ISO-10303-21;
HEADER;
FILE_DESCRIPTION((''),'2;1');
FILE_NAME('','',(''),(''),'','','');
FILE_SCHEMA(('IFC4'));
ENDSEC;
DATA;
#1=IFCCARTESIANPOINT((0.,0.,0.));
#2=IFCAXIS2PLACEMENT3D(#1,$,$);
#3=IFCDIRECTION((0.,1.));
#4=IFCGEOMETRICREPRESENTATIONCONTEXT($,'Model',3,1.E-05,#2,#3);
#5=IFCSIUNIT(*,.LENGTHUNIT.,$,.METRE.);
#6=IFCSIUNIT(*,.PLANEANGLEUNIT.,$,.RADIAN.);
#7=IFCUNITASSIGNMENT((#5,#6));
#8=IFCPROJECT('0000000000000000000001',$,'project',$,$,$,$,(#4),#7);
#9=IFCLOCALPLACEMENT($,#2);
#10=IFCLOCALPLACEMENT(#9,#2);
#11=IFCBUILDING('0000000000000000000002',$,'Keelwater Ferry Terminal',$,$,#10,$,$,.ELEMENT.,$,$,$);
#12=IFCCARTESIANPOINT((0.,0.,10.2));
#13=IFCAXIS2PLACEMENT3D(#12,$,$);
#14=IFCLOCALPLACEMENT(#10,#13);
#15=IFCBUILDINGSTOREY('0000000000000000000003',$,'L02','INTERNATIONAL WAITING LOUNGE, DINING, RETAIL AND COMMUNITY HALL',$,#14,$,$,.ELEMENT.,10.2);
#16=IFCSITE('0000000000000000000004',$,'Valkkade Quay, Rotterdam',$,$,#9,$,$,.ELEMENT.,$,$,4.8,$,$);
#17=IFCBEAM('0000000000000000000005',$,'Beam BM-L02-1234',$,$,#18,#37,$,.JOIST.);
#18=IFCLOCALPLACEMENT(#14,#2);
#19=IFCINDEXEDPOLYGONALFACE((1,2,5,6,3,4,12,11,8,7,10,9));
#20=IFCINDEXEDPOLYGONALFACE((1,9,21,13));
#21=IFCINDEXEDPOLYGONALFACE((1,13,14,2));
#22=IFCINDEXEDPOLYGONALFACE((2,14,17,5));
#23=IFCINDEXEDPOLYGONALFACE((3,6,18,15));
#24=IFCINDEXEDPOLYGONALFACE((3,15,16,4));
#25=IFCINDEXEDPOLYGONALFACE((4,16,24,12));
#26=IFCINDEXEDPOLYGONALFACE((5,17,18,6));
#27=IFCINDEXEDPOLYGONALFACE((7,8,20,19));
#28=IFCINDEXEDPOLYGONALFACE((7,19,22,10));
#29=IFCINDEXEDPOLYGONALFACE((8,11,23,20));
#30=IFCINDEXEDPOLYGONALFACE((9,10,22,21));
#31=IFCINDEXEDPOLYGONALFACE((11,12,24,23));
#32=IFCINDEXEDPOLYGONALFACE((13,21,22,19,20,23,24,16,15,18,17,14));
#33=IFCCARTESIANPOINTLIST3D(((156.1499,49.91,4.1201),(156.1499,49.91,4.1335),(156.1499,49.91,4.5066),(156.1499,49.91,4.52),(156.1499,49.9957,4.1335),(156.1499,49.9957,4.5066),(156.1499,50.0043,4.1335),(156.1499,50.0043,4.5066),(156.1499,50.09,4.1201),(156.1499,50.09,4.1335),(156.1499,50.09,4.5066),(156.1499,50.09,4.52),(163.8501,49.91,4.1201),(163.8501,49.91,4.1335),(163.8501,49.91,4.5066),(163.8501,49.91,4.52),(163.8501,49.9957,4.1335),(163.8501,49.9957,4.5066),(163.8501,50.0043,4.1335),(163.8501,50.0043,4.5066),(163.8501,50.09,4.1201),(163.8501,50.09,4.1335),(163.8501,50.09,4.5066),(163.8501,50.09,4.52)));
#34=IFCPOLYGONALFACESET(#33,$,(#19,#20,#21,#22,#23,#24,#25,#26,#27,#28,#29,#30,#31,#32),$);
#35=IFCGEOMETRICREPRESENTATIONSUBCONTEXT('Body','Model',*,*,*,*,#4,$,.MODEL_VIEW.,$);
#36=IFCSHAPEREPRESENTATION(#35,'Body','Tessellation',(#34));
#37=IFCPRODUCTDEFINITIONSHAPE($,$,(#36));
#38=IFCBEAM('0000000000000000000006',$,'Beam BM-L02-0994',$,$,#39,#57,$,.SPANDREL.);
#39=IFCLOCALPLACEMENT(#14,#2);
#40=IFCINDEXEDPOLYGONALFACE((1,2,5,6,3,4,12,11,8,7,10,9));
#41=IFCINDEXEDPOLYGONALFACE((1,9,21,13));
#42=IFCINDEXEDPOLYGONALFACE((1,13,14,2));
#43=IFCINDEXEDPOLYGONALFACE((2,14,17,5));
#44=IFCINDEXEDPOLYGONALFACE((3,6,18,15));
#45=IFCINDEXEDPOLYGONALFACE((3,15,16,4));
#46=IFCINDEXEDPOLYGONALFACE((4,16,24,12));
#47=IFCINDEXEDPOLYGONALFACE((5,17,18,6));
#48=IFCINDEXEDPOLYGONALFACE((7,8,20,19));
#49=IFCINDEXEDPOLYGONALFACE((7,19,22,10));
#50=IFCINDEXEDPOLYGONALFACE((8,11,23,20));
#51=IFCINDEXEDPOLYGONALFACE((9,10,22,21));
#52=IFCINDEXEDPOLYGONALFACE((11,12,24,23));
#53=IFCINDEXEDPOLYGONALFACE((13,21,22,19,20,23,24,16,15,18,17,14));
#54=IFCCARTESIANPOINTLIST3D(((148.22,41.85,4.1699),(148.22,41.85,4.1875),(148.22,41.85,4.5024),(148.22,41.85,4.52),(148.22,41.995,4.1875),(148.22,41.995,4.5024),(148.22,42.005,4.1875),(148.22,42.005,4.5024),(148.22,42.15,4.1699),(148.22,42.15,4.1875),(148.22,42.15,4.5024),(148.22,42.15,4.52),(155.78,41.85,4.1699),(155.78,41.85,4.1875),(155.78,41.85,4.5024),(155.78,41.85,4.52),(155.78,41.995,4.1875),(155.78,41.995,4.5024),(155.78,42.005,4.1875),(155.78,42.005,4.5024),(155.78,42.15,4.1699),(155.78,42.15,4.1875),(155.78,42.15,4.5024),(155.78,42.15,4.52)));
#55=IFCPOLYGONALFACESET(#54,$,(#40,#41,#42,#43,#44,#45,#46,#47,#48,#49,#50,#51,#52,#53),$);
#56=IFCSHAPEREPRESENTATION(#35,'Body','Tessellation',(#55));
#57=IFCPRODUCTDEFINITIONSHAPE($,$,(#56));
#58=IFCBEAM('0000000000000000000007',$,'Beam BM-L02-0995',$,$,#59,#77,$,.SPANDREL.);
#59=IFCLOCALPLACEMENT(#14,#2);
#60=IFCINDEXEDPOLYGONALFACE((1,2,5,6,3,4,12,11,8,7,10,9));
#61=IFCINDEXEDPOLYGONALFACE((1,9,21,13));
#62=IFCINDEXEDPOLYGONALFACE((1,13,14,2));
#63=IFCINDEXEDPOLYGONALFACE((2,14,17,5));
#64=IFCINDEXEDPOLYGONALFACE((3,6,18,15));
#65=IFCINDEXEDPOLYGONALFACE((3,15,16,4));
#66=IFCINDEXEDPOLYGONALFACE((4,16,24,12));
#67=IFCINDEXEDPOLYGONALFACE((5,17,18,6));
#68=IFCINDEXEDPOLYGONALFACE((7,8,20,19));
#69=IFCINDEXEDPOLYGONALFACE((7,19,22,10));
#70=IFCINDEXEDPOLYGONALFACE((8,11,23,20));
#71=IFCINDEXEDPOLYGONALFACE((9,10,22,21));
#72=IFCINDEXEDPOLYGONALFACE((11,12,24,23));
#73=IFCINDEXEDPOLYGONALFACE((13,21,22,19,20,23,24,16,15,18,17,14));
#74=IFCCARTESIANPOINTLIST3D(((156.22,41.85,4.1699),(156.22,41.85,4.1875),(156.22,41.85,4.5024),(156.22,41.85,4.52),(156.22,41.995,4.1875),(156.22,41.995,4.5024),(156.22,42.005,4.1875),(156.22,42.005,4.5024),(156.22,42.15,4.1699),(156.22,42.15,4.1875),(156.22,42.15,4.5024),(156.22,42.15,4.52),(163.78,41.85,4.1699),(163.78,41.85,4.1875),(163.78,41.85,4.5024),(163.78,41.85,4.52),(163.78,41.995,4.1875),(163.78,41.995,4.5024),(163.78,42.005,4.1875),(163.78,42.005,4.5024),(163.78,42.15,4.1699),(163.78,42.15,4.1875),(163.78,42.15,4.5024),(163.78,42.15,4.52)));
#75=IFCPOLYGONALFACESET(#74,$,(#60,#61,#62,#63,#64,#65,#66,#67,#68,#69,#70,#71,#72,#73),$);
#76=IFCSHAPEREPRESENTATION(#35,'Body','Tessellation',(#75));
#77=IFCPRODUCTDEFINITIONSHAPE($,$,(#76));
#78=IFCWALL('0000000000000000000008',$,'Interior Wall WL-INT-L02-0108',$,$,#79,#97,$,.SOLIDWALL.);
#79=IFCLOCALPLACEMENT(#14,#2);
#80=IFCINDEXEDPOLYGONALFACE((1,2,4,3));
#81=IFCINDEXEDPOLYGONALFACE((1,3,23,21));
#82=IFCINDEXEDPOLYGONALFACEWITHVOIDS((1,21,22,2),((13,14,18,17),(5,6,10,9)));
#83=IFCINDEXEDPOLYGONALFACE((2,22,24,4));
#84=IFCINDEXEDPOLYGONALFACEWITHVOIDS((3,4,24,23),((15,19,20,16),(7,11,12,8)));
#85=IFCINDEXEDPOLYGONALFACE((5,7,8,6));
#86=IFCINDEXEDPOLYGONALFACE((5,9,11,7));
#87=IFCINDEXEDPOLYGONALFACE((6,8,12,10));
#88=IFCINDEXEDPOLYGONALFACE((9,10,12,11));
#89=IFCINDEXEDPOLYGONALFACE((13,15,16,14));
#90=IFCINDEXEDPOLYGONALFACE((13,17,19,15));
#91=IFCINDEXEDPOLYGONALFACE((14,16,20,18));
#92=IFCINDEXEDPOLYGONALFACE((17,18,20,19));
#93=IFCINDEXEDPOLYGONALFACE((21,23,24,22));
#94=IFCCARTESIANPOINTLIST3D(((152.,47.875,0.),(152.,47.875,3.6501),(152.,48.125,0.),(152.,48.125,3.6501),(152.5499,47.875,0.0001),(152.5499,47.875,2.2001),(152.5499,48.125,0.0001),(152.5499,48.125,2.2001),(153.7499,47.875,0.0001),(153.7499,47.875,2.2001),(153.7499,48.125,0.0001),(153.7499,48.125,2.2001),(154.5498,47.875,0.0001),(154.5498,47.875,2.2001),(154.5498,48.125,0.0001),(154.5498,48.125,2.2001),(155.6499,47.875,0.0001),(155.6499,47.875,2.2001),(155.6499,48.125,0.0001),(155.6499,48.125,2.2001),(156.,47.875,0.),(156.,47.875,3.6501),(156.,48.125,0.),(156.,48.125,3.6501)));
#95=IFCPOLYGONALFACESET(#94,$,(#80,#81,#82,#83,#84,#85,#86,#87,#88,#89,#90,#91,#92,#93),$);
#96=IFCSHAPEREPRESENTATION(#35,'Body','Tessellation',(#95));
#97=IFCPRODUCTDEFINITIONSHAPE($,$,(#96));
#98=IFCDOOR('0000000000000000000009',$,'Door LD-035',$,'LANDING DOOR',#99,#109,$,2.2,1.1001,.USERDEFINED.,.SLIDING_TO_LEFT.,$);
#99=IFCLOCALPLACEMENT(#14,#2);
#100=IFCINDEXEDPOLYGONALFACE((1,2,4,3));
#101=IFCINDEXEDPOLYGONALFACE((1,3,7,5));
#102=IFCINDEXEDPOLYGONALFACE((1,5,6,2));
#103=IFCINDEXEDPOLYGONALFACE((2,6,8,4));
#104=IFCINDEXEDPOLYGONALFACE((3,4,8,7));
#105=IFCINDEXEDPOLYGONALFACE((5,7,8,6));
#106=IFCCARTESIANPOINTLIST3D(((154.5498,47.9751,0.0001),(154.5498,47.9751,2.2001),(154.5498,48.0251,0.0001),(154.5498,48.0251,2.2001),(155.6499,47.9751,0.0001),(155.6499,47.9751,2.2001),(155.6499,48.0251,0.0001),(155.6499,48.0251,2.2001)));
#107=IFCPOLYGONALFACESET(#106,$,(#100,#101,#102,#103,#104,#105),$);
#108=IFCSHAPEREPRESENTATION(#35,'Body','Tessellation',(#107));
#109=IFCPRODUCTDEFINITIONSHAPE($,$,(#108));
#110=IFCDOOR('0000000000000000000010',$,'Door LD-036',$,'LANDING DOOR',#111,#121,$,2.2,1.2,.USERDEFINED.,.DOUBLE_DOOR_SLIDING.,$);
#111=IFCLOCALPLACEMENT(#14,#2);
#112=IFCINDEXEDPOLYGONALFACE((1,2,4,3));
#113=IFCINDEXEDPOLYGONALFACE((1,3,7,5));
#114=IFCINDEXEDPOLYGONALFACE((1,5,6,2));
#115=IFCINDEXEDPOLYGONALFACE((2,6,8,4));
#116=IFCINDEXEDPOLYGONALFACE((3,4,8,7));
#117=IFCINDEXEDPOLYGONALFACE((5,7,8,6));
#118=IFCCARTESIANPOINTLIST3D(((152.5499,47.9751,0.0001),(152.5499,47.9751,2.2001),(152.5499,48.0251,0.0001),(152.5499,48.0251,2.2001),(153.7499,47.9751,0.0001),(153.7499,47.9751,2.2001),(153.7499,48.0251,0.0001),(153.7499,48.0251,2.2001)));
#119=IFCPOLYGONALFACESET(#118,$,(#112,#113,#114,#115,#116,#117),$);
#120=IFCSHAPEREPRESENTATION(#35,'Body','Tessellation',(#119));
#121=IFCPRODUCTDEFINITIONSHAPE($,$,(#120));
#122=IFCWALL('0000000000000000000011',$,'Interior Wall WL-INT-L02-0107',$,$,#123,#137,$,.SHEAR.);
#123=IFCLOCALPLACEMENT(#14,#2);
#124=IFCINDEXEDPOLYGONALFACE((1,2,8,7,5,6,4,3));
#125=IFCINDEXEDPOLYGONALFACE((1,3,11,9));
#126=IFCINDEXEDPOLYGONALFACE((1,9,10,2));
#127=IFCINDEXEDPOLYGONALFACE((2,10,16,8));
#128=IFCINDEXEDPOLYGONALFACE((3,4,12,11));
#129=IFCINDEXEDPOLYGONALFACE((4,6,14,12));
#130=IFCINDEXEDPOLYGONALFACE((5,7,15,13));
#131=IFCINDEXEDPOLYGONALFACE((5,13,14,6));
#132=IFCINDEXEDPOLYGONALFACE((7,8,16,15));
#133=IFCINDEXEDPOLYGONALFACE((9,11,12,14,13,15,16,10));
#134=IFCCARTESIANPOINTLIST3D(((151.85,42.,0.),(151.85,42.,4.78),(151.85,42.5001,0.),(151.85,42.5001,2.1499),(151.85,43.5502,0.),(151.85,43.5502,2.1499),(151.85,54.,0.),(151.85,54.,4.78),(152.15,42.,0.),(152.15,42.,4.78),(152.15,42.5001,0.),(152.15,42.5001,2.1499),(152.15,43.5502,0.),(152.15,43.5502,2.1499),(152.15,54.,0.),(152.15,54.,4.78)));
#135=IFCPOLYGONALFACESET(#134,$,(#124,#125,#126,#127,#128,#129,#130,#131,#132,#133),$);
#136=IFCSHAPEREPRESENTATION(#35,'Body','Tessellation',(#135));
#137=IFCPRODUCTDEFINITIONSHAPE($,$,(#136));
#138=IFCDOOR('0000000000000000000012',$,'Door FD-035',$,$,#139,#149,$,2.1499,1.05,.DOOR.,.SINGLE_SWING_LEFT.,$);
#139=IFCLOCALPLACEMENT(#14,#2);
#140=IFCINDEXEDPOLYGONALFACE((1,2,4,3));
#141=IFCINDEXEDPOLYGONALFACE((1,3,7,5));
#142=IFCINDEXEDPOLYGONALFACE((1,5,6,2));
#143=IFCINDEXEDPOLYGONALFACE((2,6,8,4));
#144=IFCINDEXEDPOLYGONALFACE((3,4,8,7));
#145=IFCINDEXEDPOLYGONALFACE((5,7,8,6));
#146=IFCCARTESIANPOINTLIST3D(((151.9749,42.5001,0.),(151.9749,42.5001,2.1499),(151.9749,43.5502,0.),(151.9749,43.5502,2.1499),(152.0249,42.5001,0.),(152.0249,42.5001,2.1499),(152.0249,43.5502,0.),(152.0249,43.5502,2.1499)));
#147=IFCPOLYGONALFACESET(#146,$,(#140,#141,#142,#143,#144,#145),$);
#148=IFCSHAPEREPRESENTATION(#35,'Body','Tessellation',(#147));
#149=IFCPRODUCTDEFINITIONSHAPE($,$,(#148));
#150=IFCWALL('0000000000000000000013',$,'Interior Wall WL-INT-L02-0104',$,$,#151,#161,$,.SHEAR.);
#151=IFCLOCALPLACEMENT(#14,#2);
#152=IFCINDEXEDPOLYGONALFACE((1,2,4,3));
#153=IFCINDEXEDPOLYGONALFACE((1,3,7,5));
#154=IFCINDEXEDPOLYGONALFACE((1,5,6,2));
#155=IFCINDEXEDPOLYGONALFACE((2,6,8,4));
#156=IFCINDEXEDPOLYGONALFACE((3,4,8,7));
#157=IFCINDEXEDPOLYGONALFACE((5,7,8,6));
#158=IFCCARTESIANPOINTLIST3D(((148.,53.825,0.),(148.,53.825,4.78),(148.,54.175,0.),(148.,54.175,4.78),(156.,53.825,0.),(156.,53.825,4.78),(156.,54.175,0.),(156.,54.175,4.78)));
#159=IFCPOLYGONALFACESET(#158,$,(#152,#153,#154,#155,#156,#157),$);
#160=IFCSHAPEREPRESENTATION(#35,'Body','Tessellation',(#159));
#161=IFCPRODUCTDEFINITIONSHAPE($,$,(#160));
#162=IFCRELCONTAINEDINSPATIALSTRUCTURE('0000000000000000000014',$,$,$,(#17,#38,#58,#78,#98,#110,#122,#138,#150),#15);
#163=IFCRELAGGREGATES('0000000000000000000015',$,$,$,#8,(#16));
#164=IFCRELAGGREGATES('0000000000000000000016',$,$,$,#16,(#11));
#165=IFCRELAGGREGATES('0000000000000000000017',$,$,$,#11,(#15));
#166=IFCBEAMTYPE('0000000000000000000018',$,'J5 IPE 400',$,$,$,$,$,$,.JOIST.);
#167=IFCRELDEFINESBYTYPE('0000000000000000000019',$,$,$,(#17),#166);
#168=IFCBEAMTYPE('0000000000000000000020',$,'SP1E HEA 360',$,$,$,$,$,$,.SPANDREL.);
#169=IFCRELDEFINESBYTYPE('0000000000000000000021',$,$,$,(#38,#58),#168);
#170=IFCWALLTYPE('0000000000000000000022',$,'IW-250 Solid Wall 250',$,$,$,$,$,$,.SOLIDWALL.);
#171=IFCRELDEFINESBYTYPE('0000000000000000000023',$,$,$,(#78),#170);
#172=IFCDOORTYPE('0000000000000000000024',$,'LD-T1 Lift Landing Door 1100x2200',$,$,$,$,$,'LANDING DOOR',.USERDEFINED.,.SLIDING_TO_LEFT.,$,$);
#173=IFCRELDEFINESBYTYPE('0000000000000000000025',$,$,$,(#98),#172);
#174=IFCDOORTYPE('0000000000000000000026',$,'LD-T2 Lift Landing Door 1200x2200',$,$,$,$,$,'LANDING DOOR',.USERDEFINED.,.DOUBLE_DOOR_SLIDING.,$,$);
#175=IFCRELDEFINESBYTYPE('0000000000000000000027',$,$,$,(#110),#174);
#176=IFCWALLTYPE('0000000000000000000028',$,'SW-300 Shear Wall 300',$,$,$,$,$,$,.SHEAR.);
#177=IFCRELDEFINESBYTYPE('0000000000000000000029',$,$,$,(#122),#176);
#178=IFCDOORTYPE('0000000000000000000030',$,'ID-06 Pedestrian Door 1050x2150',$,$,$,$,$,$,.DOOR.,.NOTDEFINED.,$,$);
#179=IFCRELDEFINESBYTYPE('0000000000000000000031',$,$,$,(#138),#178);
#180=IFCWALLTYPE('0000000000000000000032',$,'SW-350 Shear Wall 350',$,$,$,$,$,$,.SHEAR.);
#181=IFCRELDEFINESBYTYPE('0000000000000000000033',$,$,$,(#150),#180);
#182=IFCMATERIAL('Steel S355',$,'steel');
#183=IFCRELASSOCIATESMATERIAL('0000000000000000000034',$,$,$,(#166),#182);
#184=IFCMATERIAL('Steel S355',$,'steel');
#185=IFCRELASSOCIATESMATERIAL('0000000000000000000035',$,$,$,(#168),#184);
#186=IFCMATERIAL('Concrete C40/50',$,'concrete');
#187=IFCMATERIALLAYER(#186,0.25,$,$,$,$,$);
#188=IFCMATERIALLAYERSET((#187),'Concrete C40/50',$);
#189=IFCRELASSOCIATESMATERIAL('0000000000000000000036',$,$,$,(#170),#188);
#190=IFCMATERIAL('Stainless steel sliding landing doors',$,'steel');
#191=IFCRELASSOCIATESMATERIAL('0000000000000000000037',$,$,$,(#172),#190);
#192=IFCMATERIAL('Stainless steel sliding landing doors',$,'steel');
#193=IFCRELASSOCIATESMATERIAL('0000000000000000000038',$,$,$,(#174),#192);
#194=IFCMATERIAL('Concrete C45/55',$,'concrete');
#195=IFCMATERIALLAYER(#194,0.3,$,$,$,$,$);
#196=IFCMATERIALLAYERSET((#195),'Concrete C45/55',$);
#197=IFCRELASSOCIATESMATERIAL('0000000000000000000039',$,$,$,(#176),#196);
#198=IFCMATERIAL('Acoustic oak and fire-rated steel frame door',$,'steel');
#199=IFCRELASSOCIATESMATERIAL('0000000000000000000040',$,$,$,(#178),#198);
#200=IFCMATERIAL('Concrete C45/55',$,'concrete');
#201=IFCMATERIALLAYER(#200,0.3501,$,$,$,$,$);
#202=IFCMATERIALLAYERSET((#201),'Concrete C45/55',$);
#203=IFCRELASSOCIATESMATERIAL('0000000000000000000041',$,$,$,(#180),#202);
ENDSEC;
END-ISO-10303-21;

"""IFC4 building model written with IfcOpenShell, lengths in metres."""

from ifc_helpers import new_model, si_unit, direction, frame, frame_2d, origin, origin_2d, place, context, subcontext, project, spatial, rectangle, i_section, extrude, material, layer, layer_set, material_profile, profile_set, type_object, element, fill, save


model = new_model("IFC4")

# Units and contexts
model_context = context("Model", 3, precision=1e-05, world=origin(), true_north=direction((0.0, 1.0)))
body_context = subcontext(model_context, "Body", "Model", "MODEL_VIEW")
ifc_project = project(units=[si_unit("LENGTHUNIT", "METRE"), si_unit("PLANEANGLEUNIT", "RADIAN")], contexts=[model_context])

# Site, building, storey
site_placement = place(None, origin())
site = spatial("IfcSite", under=ifc_project, at=site_placement, Name="Valkkade Quay, Rotterdam", CompositionType="ELEMENT", RefElevation=4.8)
building_placement = place(site_placement, origin())
building = spatial("IfcBuilding", under=site, at=building_placement, Name="Keelwater Ferry Terminal", CompositionType="ELEMENT")
storey_placement = place(building_placement, frame((0.0, 0.0, 10.2)))
storey = spatial("IfcBuildingStorey", under=building, at=storey_placement, Name="L02", Description="INTERNATIONAL WAITING LOUNGE, DINING, RETAIL AND COMMUNITY HALL", CompositionType="ELEMENT", Elevation=10.2)

# Beams
ifc_material_1 = material(Name="Steel S355", Category="steel")
ifc_material_profile_1 = material_profile(ifc_material_1, i_section(OverallWidth=0.1799, OverallDepth=0.3999, WebThickness=0.0085, FlangeThickness=0.0134, at=origin_2d()), Name="IPE 400")
ifc_profile_set_1 = profile_set([ifc_material_profile_1], Name="Steel S355")
beam_type_1 = type_object("IfcBeamType", Name="J5 IPE 400", PredefinedType="JOIST", material=ifc_profile_set_1)
for number, where, z_axis, x_axis, name in (
    (1, (156.1499, 50.0, 4.3201), (1.0, 0.0, 0.0), (0.0, 1.0, 0.0), "Beam BM-L02-1234"),
):
    element("IfcBeam", number, at=place(storey_placement, frame(where, z_axis=z_axis, x_axis=x_axis)), inside=storey, type_object=beam_type_1, Name=name, PredefinedType="JOIST", context=body_context, shape_type="SweptSolid", body=[
        extrude(i_section(OverallWidth=0.1799, OverallDepth=0.3999, WebThickness=0.0085, FlangeThickness=0.0134, at=origin_2d()), origin(), (0.0, 0.0, 1.0), 7.7002),
    ])
ifc_material_2 = material(Name="Steel S355", Category="steel")
ifc_material_profile_2 = material_profile(ifc_material_2, i_section(OverallWidth=0.3, OverallDepth=0.3501, WebThickness=0.01, FlangeThickness=0.0176, at=origin_2d()), Name="HEA 360")
ifc_profile_set_2 = profile_set([ifc_material_profile_2], Name="Steel S355")
beam_type_2 = type_object("IfcBeamType", Name="SP1E HEA 360", PredefinedType="SPANDREL", material=ifc_profile_set_2)
for number, where, z_axis, x_axis, name in (
    (2, (148.22, 42.0, 4.345), (1.0, 0.0, 0.0), (0.0, 1.0, 0.0), "Beam BM-L02-0994"),
    (3, (156.22, 42.0, 4.345), (1.0, 0.0, 0.0), (0.0, 1.0, 0.0), "Beam BM-L02-0995"),
):
    element("IfcBeam", number, at=place(storey_placement, frame(where, z_axis=z_axis, x_axis=x_axis)), inside=storey, type_object=beam_type_2, Name=name, PredefinedType="SPANDREL", context=body_context, shape_type="SweptSolid", body=[
        extrude(i_section(OverallWidth=0.3, OverallDepth=0.3501, WebThickness=0.01, FlangeThickness=0.0176, at=origin_2d()), origin(), (0.0, 0.0, 1.0), 7.5601),
    ])

# Wall, openings, doors
ifc_material_3 = material(Name="Concrete C40/50", Category="concrete")
ifc_layer_1 = layer(ifc_material_3, 0.25)
ifc_layer_set_1 = layer_set([ifc_layer_1], Name="Concrete C40/50")
wall_type_1 = type_object("IfcWallType", Name="IW-250 Solid Wall 250", PredefinedType="SOLIDWALL", material=ifc_layer_set_1)
wall_1_placement = place(storey_placement, frame((156.0, 48.0, 0.0), z_axis=(0.0, 0.0, 1.0), x_axis=(-1.0, 0.0, 0.0)))
wall_1 = element("IfcWall", 4, at=wall_1_placement, inside=storey, type_object=wall_type_1, Name="Interior Wall WL-INT-L02-0108", PredefinedType="SOLIDWALL", context=body_context, shape_type="SweptSolid", body=[
    extrude(rectangle(XDim=4.0, YDim=0.25, at=frame_2d((2.0, 0.0))), origin(), (0.0, 0.0, 1.0), 3.6501),
])
opening_1_placement = place(wall_1_placement, frame((0.3501, 0.0, 0.0)))
opening_1 = element("IfcOpeningElement", 5, at=opening_1_placement, cuts=wall_1, PredefinedType="OPENING", context=body_context, shape_type="SweptSolid", body=[
    extrude(rectangle(XDim=1.1001, YDim=2.2, at=frame_2d((0.55, 1.1001))), frame((0.0, 0.135, 0.0), z_axis=(0.0, -1.0, 0.0), x_axis=(1.0, 0.0, 0.0)), (0.0, 0.0, 1.0), 0.27),
])
opening_2_placement = place(wall_1_placement, frame((2.25, 0.0, 0.0)))
opening_2 = element("IfcOpeningElement", 6, at=opening_2_placement, cuts=wall_1, PredefinedType="OPENING", context=body_context, shape_type="SweptSolid", body=[
    extrude(rectangle(XDim=1.2, YDim=2.2, at=frame_2d((0.6001, 1.1001))), frame((0.0, 0.135, 0.0), z_axis=(0.0, -1.0, 0.0), x_axis=(1.0, 0.0, 0.0)), (0.0, 0.0, 1.0), 0.27),
])
ifc_material_4 = material(Name="Stainless steel sliding landing doors", Category="steel")
door_type_1 = type_object("IfcDoorType", Name="LD-T1 Lift Landing Door 1100x2200", ElementType="LANDING DOOR", OperationType="SLIDING_TO_LEFT", PredefinedType="USERDEFINED", material=ifc_material_4)
door_1_placement = place(opening_1_placement, origin())
door_1 = element("IfcDoor", 7, at=door_1_placement, inside=storey, type_object=door_type_1, Name="Door LD-035", ObjectType="LANDING DOOR", OperationType="SLIDING_TO_LEFT", OverallHeight=2.2, OverallWidth=1.1001, PredefinedType="USERDEFINED", context=body_context, shape_type="SweptSolid", body=[
    extrude(rectangle(XDim=1.1001, YDim=2.2, at=frame_2d((0.55, 1.1001))), frame((0.0, 0.0249, 0.0), z_axis=(0.0, -1.0, 0.0), x_axis=(1.0, 0.0, 0.0)), (0.0, 0.0, 1.0), 0.05),
])
fill(opening_1, door_1)
ifc_material_5 = material(Name="Stainless steel sliding landing doors", Category="steel")
door_type_2 = type_object("IfcDoorType", Name="LD-T2 Lift Landing Door 1200x2200", ElementType="LANDING DOOR", OperationType="DOUBLE_DOOR_SLIDING", PredefinedType="USERDEFINED", material=ifc_material_5)
door_2_placement = place(opening_2_placement, origin())
door_2 = element("IfcDoor", 8, at=door_2_placement, inside=storey, type_object=door_type_2, Name="Door LD-036", ObjectType="LANDING DOOR", OperationType="DOUBLE_DOOR_SLIDING", OverallHeight=2.2, OverallWidth=1.2, PredefinedType="USERDEFINED", context=body_context, shape_type="SweptSolid", body=[
    extrude(rectangle(XDim=1.2, YDim=2.2, at=frame_2d((0.6001, 1.1001))), frame((0.0, 0.0249, 0.0), z_axis=(0.0, -1.0, 0.0), x_axis=(1.0, 0.0, 0.0)), (0.0, 0.0, 1.0), 0.05),
])
fill(opening_2, door_2)

# Wall, opening, door
ifc_material_6 = material(Name="Concrete C45/55", Category="concrete")
ifc_layer_2 = layer(ifc_material_6, 0.3)
ifc_layer_set_2 = layer_set([ifc_layer_2], Name="Concrete C45/55")
wall_type_2 = type_object("IfcWallType", Name="SW-300 Shear Wall 300", PredefinedType="SHEAR", material=ifc_layer_set_2)
wall_2_placement = place(storey_placement, frame((152.0, 54.0, 0.0), z_axis=(0.0, 0.0, 1.0), x_axis=(0.0, -1.0, 0.0)))
wall_2 = element("IfcWall", 9, at=wall_2_placement, inside=storey, type_object=wall_type_2, Name="Interior Wall WL-INT-L02-0107", PredefinedType="SHEAR", context=body_context, shape_type="SweptSolid", body=[
    extrude(rectangle(XDim=12.0, YDim=0.3, at=frame_2d((6.0, 0.0))), origin(), (0.0, 0.0, 1.0), 4.78),
])
opening_3_placement = place(wall_2_placement, frame((10.45, 0.0, 0.0)))
opening_3 = element("IfcOpeningElement", 10, at=opening_3_placement, cuts=wall_2, PredefinedType="OPENING", context=body_context, shape_type="SweptSolid", body=[
    extrude(rectangle(XDim=1.05, YDim=2.1499, at=frame_2d((0.5249, 1.075))), frame((0.0, 0.1599, 0.0), z_axis=(0.0, -1.0, 0.0), x_axis=(1.0, 0.0, 0.0)), (0.0, 0.0, 1.0), 0.3201),
])
ifc_material_7 = material(Name="Acoustic oak and fire-rated steel frame door", Category="steel")
door_type_3 = type_object("IfcDoorType", Name="ID-06 Pedestrian Door 1050x2150", OperationType="NOTDEFINED", PredefinedType="DOOR", material=ifc_material_7)
door_3_placement = place(opening_3_placement, origin())
door_3 = element("IfcDoor", 11, at=door_3_placement, inside=storey, type_object=door_type_3, Name="Door FD-035", OperationType="SINGLE_SWING_LEFT", OverallHeight=2.1499, OverallWidth=1.05, PredefinedType="DOOR", context=body_context, shape_type="SweptSolid", body=[
    extrude(rectangle(XDim=1.05, YDim=2.1499, at=frame_2d((0.5249, 1.075))), frame((0.0, 0.0249, 0.0), z_axis=(0.0, -1.0, 0.0), x_axis=(1.0, 0.0, 0.0)), (0.0, 0.0, 1.0), 0.05),
])
fill(opening_3, door_3)

# Wall
ifc_material_8 = material(Name="Concrete C45/55", Category="concrete")
ifc_layer_3 = layer(ifc_material_8, 0.3501)
ifc_layer_set_3 = layer_set([ifc_layer_3], Name="Concrete C45/55")
wall_type_3 = type_object("IfcWallType", Name="SW-350 Shear Wall 350", PredefinedType="SHEAR", material=ifc_layer_set_3)
wall_3_placement = place(storey_placement, frame((148.0, 54.0, 0.0), z_axis=(0.0, 0.0, 1.0), x_axis=(1.0, 0.0, 0.0)))
element("IfcWall", 12, at=wall_3_placement, inside=storey, type_object=wall_type_3, Name="Interior Wall WL-INT-L02-0104", PredefinedType="SHEAR", context=body_context, shape_type="SweptSolid", body=[
    extrude(rectangle(XDim=8.0, YDim=0.3501, at=frame_2d((4.0, 0.0))), origin(), (0.0, 0.0, 1.0), 4.78),
])

save(model, "model.ifc")
